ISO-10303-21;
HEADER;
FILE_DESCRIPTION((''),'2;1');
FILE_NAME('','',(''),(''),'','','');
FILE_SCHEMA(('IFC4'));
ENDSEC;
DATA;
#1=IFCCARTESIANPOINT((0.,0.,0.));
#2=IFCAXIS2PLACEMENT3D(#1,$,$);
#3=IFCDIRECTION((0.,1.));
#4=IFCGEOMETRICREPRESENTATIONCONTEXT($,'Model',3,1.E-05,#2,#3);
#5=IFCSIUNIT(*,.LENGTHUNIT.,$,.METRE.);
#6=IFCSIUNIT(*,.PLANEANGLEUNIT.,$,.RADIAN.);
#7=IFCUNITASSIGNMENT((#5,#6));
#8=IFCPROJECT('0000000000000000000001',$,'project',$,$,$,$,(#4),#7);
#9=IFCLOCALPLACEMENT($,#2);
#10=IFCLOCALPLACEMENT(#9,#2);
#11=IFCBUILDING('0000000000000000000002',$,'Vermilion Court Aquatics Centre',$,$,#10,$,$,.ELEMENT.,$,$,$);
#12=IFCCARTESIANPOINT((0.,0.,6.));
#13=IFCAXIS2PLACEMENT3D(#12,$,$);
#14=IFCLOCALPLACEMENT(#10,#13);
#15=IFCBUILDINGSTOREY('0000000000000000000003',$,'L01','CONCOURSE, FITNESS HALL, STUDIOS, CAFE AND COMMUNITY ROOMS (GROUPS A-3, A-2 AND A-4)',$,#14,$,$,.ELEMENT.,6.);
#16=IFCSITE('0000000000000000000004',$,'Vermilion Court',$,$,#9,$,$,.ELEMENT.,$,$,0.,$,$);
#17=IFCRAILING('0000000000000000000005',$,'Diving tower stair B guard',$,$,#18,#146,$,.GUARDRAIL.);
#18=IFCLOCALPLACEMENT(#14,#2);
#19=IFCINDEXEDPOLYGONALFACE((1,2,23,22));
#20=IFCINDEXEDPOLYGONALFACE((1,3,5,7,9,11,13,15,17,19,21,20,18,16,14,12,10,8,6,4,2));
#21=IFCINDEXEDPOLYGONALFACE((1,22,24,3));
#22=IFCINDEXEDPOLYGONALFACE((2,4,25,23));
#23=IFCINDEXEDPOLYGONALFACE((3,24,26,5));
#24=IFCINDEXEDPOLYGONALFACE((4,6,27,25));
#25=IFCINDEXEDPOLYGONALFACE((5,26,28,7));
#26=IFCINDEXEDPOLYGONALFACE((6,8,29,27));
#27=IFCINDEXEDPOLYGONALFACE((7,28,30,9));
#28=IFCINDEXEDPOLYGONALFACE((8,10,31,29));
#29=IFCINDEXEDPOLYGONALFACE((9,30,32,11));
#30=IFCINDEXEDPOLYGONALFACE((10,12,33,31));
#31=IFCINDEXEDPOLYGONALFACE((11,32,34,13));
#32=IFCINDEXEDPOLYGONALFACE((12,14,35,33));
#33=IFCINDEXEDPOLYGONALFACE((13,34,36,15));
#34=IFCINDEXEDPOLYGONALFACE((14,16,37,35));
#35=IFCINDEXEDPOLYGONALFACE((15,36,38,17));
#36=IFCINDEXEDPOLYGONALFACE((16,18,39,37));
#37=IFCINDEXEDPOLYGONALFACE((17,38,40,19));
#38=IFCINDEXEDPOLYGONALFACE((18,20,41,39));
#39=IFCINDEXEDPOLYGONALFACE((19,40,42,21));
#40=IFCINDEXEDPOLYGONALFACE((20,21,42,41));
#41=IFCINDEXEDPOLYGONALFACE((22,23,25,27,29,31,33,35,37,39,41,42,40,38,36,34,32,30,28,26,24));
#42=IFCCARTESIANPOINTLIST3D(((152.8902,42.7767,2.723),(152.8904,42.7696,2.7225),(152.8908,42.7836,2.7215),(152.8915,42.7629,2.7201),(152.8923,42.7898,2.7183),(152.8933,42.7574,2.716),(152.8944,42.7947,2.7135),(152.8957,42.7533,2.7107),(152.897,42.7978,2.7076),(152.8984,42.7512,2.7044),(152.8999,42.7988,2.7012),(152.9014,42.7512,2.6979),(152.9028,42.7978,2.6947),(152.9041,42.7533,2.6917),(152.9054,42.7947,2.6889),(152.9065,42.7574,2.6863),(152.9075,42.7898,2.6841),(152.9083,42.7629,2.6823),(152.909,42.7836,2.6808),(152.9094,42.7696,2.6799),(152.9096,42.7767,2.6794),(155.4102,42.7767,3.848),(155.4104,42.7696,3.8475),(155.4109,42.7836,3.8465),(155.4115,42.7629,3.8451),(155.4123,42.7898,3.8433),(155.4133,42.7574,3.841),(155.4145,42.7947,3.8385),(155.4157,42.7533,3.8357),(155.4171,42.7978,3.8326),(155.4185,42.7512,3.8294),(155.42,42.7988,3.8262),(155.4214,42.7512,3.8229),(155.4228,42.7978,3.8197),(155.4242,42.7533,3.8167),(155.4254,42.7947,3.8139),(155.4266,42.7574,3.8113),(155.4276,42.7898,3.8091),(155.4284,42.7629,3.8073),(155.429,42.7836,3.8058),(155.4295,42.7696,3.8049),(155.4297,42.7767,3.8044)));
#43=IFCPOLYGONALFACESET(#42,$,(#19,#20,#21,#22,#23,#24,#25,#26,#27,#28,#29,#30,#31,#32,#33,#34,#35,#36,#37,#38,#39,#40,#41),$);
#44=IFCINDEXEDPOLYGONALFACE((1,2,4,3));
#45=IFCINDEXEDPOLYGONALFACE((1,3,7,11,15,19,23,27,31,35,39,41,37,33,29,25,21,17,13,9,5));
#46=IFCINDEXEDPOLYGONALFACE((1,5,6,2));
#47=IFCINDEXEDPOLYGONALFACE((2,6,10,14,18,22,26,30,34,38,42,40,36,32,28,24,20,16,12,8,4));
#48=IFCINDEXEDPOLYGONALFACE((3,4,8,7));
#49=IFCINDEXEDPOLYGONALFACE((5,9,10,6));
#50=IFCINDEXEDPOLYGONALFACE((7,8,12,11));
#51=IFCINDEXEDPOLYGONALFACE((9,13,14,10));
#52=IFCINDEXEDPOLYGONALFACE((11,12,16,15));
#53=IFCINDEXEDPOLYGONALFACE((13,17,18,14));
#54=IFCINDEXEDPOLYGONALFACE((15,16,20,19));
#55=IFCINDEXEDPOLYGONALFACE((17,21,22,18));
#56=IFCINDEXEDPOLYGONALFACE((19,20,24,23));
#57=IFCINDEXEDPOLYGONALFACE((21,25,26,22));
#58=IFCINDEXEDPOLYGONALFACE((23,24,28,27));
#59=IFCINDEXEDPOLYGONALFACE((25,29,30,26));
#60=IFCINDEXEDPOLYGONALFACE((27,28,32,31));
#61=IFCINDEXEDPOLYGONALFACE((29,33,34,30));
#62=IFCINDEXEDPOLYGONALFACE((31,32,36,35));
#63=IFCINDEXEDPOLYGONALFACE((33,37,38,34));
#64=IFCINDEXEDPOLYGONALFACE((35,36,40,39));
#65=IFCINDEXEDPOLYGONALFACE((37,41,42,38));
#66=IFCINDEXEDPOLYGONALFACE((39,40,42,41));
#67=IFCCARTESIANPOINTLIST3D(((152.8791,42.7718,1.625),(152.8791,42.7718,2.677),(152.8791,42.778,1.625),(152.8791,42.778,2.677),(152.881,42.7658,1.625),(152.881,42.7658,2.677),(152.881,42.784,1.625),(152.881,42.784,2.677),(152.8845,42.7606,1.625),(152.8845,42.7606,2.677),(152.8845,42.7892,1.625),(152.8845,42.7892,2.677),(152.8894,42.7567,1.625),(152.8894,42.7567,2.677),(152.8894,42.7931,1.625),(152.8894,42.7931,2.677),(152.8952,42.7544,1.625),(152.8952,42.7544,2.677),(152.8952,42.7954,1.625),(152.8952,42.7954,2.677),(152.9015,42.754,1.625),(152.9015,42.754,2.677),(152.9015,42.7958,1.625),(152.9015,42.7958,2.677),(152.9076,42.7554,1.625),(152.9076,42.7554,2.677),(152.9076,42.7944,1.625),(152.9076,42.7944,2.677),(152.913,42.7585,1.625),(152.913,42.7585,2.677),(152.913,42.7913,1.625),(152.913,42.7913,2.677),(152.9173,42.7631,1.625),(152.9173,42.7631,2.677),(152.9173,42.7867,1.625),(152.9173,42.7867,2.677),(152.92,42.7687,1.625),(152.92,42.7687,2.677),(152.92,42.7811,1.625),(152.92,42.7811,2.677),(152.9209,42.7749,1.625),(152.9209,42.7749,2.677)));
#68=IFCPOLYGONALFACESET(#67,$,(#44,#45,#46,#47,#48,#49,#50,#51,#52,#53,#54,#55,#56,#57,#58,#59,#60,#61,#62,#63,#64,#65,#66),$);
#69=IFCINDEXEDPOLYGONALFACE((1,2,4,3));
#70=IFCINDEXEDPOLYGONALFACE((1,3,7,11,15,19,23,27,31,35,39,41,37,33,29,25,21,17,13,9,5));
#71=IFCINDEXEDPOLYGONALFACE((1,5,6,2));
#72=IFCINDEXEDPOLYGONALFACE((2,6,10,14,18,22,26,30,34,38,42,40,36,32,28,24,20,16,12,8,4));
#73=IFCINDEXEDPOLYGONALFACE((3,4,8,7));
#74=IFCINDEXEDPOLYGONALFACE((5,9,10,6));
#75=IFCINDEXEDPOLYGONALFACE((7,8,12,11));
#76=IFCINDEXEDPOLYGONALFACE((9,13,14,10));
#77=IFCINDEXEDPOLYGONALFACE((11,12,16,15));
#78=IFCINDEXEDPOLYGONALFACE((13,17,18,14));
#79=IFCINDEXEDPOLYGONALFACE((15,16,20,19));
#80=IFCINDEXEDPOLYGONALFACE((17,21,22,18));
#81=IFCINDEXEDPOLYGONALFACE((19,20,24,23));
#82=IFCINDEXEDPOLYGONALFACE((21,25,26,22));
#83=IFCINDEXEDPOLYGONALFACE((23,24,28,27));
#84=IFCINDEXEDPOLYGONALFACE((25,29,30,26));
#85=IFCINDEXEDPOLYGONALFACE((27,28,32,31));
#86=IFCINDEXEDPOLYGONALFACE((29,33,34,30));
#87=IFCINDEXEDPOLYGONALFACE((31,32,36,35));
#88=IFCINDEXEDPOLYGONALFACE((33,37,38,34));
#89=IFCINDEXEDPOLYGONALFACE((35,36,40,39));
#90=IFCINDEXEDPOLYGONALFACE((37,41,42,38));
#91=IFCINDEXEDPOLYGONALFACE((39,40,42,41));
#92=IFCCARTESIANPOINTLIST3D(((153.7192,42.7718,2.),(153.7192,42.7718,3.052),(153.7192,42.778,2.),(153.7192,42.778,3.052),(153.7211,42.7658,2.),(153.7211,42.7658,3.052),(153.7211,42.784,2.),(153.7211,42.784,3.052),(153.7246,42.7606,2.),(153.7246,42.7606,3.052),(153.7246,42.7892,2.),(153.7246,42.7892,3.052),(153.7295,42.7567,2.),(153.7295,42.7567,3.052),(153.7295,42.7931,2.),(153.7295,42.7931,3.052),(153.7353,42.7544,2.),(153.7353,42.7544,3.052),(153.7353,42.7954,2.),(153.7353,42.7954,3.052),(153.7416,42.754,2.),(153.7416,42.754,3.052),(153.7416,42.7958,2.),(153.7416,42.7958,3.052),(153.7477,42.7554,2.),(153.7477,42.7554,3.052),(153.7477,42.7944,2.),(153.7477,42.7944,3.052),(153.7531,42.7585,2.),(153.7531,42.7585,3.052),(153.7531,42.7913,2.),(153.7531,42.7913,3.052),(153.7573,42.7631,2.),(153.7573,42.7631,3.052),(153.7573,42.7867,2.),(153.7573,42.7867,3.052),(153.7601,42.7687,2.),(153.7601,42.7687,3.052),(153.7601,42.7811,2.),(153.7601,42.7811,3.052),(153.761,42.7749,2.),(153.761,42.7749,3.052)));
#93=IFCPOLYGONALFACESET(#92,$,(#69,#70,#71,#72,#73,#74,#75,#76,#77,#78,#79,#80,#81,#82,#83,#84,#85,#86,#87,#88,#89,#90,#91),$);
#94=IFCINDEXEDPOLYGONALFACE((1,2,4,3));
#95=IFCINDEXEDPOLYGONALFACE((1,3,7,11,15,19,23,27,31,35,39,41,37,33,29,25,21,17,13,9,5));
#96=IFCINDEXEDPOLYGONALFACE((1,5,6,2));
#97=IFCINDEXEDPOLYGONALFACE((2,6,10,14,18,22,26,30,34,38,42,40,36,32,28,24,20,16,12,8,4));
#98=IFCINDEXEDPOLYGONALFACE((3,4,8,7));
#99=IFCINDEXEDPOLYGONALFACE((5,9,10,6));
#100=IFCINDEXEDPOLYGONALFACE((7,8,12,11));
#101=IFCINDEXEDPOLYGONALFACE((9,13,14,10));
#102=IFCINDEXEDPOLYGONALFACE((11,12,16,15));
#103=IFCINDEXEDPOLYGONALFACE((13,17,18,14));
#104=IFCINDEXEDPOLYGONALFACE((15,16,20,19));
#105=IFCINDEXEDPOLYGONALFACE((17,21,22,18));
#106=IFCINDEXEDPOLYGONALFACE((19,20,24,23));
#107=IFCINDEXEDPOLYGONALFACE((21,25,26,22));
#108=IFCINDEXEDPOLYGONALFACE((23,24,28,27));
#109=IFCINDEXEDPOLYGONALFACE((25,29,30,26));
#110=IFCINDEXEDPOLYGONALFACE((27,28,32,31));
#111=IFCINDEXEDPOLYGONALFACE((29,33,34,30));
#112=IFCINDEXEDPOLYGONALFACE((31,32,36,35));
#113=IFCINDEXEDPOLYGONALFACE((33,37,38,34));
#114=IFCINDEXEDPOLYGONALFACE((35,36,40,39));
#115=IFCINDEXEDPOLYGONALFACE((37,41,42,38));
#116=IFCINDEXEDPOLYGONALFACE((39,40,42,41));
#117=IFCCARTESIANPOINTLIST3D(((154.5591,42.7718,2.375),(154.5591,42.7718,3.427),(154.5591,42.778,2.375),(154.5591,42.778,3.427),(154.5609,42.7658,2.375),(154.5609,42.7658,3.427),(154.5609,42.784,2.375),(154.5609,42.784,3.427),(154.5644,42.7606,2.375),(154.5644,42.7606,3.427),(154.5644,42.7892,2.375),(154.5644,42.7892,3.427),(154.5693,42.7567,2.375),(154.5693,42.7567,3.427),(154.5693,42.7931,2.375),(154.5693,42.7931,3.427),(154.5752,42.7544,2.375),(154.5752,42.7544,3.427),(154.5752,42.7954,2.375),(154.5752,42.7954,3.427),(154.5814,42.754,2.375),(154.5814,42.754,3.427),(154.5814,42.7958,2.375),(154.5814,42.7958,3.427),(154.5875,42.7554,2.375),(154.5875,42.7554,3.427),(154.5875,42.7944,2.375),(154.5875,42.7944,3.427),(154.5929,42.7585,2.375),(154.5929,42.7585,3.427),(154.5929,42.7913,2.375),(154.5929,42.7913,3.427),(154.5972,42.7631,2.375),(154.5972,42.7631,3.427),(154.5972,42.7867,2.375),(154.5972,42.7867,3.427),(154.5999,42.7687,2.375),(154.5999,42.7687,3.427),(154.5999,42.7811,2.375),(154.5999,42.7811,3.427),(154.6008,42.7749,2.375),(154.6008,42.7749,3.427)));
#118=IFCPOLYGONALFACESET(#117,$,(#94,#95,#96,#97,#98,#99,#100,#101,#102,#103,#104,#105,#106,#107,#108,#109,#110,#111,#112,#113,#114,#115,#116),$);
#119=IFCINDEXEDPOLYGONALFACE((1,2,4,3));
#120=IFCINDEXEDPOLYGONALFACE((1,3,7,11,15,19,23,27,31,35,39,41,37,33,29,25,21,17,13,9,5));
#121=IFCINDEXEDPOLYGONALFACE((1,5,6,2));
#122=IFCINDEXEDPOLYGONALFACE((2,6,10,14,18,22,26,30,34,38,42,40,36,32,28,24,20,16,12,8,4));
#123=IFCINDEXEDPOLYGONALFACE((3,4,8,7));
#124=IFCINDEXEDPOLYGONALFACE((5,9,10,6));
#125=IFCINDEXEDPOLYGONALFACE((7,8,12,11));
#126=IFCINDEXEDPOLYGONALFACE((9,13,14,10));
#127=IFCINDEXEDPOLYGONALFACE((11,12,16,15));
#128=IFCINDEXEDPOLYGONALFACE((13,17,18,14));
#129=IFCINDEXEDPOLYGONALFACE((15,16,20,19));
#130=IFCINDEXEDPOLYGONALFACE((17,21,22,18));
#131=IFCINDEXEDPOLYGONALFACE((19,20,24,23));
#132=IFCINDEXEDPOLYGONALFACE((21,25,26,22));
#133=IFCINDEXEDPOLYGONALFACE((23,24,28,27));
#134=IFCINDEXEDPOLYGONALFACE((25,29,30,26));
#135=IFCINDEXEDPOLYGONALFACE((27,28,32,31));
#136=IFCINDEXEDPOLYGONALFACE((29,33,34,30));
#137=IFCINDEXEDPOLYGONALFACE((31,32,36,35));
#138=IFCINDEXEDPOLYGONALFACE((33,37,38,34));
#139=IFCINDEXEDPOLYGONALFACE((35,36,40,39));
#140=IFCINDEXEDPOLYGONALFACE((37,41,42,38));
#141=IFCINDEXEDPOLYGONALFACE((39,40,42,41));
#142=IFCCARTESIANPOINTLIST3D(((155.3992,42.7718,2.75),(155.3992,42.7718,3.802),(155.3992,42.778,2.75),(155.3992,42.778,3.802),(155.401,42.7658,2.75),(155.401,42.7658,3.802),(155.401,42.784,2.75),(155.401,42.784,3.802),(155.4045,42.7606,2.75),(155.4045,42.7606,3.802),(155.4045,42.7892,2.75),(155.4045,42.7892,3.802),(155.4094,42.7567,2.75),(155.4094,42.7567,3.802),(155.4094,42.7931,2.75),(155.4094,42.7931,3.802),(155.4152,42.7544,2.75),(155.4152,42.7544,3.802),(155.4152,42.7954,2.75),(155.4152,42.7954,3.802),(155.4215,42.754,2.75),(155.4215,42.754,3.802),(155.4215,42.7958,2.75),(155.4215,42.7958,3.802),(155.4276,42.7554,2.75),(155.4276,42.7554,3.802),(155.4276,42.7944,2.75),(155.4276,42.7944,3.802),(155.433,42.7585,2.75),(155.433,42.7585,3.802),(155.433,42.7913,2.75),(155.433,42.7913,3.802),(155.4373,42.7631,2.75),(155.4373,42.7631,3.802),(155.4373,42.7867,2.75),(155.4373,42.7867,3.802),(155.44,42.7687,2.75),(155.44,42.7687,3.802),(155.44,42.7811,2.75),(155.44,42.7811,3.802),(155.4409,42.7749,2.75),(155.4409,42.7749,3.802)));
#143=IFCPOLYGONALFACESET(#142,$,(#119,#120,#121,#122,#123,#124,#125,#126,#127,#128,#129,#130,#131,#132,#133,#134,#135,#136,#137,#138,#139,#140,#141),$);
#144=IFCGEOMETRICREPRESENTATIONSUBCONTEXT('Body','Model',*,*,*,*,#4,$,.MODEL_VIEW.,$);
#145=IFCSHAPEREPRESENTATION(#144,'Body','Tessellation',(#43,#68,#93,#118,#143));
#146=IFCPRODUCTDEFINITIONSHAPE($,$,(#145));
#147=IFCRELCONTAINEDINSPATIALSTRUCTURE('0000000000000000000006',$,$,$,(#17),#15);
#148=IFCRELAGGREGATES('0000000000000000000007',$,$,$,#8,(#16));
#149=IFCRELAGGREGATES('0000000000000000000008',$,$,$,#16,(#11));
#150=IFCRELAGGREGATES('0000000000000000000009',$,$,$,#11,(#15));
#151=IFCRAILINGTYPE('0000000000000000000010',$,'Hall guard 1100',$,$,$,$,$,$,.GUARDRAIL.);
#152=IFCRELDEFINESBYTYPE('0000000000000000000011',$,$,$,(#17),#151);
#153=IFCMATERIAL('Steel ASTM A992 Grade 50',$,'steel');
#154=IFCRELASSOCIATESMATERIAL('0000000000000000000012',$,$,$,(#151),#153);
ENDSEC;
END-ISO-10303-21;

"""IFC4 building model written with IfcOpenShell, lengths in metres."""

from ifc_helpers import new_model, si_unit, direction, frame, origin, origin_2d, place, context, subcontext, project, spatial, circle, extrude, material, type_object, element, save


model = new_model("IFC4")

# Units and contexts
model_context = context("Model", 3, precision=1e-05, world=origin(), true_north=direction((0.0, 1.0)))
body_context = subcontext(model_context, "Body", "Model", "MODEL_VIEW")
ifc_project = project(units=[si_unit("LENGTHUNIT", "METRE"), si_unit("PLANEANGLEUNIT", "RADIAN")], contexts=[model_context])

# Site, building, storey
site_placement = place(None, origin())
site = spatial("IfcSite", under=ifc_project, at=site_placement, Name="Vermilion Court", CompositionType="ELEMENT", RefElevation=0.0)
building_placement = place(site_placement, origin())
building = spatial("IfcBuilding", under=site, at=building_placement, Name="Vermilion Court Aquatics Centre", CompositionType="ELEMENT")
storey_placement = place(building_placement, frame((0.0, 0.0, 6.0)))
storey = spatial("IfcBuildingStorey", under=building, at=storey_placement, Name="L01", Description="CONCOURSE, FITNESS HALL, STUDIOS, CAFE AND COMMUNITY ROOMS (GROUPS A-3, A-2 AND A-4)", CompositionType="ELEMENT", Elevation=6.0)

# Railing
ifc_material_1 = material(Name="Steel ASTM A992 Grade 50", Category="steel")
railing_type_1 = type_object("IfcRailingType", Name="Hall guard 1100", PredefinedType="GUARDRAIL", material=ifc_material_1)
for number, where, name in (
    (1, (152.8999, 42.7749, 1.625), "Diving tower stair B guard"),
):
    element("IfcRailing", number, at=place(storey_placement, frame(where)), inside=storey, type_object=railing_type_1, Name=name, PredefinedType="GUARDRAIL", context=body_context, shape_type="SweptSolid", body=[
        extrude(circle(Radius=0.0239, at=origin_2d()), frame((0.0, 0.0, 1.0762), z_axis=(0.913139, 0.0, 0.407648), x_axis=(0.0, 1.0, 0.0)), (0.0, 0.0, 1.0), 2.7598),
        extrude(circle(Radius=0.021, at=origin_2d()), origin(), (0.0, 0.0, 1.0), 1.052),
        extrude(circle(Radius=0.021, at=origin_2d()), frame((0.8401, 0.0, 0.375)), (0.0, 0.0, 1.0), 1.052),
        extrude(circle(Radius=0.021, at=origin_2d()), frame((1.6799, 0.0, 0.75)), (0.0, 0.0, 1.0), 1.052),
        extrude(circle(Radius=0.021, at=origin_2d()), frame((2.52, 0.0, 1.125)), (0.0, 0.0, 1.0), 1.052),
    ])

save(model, "model.ifc")
